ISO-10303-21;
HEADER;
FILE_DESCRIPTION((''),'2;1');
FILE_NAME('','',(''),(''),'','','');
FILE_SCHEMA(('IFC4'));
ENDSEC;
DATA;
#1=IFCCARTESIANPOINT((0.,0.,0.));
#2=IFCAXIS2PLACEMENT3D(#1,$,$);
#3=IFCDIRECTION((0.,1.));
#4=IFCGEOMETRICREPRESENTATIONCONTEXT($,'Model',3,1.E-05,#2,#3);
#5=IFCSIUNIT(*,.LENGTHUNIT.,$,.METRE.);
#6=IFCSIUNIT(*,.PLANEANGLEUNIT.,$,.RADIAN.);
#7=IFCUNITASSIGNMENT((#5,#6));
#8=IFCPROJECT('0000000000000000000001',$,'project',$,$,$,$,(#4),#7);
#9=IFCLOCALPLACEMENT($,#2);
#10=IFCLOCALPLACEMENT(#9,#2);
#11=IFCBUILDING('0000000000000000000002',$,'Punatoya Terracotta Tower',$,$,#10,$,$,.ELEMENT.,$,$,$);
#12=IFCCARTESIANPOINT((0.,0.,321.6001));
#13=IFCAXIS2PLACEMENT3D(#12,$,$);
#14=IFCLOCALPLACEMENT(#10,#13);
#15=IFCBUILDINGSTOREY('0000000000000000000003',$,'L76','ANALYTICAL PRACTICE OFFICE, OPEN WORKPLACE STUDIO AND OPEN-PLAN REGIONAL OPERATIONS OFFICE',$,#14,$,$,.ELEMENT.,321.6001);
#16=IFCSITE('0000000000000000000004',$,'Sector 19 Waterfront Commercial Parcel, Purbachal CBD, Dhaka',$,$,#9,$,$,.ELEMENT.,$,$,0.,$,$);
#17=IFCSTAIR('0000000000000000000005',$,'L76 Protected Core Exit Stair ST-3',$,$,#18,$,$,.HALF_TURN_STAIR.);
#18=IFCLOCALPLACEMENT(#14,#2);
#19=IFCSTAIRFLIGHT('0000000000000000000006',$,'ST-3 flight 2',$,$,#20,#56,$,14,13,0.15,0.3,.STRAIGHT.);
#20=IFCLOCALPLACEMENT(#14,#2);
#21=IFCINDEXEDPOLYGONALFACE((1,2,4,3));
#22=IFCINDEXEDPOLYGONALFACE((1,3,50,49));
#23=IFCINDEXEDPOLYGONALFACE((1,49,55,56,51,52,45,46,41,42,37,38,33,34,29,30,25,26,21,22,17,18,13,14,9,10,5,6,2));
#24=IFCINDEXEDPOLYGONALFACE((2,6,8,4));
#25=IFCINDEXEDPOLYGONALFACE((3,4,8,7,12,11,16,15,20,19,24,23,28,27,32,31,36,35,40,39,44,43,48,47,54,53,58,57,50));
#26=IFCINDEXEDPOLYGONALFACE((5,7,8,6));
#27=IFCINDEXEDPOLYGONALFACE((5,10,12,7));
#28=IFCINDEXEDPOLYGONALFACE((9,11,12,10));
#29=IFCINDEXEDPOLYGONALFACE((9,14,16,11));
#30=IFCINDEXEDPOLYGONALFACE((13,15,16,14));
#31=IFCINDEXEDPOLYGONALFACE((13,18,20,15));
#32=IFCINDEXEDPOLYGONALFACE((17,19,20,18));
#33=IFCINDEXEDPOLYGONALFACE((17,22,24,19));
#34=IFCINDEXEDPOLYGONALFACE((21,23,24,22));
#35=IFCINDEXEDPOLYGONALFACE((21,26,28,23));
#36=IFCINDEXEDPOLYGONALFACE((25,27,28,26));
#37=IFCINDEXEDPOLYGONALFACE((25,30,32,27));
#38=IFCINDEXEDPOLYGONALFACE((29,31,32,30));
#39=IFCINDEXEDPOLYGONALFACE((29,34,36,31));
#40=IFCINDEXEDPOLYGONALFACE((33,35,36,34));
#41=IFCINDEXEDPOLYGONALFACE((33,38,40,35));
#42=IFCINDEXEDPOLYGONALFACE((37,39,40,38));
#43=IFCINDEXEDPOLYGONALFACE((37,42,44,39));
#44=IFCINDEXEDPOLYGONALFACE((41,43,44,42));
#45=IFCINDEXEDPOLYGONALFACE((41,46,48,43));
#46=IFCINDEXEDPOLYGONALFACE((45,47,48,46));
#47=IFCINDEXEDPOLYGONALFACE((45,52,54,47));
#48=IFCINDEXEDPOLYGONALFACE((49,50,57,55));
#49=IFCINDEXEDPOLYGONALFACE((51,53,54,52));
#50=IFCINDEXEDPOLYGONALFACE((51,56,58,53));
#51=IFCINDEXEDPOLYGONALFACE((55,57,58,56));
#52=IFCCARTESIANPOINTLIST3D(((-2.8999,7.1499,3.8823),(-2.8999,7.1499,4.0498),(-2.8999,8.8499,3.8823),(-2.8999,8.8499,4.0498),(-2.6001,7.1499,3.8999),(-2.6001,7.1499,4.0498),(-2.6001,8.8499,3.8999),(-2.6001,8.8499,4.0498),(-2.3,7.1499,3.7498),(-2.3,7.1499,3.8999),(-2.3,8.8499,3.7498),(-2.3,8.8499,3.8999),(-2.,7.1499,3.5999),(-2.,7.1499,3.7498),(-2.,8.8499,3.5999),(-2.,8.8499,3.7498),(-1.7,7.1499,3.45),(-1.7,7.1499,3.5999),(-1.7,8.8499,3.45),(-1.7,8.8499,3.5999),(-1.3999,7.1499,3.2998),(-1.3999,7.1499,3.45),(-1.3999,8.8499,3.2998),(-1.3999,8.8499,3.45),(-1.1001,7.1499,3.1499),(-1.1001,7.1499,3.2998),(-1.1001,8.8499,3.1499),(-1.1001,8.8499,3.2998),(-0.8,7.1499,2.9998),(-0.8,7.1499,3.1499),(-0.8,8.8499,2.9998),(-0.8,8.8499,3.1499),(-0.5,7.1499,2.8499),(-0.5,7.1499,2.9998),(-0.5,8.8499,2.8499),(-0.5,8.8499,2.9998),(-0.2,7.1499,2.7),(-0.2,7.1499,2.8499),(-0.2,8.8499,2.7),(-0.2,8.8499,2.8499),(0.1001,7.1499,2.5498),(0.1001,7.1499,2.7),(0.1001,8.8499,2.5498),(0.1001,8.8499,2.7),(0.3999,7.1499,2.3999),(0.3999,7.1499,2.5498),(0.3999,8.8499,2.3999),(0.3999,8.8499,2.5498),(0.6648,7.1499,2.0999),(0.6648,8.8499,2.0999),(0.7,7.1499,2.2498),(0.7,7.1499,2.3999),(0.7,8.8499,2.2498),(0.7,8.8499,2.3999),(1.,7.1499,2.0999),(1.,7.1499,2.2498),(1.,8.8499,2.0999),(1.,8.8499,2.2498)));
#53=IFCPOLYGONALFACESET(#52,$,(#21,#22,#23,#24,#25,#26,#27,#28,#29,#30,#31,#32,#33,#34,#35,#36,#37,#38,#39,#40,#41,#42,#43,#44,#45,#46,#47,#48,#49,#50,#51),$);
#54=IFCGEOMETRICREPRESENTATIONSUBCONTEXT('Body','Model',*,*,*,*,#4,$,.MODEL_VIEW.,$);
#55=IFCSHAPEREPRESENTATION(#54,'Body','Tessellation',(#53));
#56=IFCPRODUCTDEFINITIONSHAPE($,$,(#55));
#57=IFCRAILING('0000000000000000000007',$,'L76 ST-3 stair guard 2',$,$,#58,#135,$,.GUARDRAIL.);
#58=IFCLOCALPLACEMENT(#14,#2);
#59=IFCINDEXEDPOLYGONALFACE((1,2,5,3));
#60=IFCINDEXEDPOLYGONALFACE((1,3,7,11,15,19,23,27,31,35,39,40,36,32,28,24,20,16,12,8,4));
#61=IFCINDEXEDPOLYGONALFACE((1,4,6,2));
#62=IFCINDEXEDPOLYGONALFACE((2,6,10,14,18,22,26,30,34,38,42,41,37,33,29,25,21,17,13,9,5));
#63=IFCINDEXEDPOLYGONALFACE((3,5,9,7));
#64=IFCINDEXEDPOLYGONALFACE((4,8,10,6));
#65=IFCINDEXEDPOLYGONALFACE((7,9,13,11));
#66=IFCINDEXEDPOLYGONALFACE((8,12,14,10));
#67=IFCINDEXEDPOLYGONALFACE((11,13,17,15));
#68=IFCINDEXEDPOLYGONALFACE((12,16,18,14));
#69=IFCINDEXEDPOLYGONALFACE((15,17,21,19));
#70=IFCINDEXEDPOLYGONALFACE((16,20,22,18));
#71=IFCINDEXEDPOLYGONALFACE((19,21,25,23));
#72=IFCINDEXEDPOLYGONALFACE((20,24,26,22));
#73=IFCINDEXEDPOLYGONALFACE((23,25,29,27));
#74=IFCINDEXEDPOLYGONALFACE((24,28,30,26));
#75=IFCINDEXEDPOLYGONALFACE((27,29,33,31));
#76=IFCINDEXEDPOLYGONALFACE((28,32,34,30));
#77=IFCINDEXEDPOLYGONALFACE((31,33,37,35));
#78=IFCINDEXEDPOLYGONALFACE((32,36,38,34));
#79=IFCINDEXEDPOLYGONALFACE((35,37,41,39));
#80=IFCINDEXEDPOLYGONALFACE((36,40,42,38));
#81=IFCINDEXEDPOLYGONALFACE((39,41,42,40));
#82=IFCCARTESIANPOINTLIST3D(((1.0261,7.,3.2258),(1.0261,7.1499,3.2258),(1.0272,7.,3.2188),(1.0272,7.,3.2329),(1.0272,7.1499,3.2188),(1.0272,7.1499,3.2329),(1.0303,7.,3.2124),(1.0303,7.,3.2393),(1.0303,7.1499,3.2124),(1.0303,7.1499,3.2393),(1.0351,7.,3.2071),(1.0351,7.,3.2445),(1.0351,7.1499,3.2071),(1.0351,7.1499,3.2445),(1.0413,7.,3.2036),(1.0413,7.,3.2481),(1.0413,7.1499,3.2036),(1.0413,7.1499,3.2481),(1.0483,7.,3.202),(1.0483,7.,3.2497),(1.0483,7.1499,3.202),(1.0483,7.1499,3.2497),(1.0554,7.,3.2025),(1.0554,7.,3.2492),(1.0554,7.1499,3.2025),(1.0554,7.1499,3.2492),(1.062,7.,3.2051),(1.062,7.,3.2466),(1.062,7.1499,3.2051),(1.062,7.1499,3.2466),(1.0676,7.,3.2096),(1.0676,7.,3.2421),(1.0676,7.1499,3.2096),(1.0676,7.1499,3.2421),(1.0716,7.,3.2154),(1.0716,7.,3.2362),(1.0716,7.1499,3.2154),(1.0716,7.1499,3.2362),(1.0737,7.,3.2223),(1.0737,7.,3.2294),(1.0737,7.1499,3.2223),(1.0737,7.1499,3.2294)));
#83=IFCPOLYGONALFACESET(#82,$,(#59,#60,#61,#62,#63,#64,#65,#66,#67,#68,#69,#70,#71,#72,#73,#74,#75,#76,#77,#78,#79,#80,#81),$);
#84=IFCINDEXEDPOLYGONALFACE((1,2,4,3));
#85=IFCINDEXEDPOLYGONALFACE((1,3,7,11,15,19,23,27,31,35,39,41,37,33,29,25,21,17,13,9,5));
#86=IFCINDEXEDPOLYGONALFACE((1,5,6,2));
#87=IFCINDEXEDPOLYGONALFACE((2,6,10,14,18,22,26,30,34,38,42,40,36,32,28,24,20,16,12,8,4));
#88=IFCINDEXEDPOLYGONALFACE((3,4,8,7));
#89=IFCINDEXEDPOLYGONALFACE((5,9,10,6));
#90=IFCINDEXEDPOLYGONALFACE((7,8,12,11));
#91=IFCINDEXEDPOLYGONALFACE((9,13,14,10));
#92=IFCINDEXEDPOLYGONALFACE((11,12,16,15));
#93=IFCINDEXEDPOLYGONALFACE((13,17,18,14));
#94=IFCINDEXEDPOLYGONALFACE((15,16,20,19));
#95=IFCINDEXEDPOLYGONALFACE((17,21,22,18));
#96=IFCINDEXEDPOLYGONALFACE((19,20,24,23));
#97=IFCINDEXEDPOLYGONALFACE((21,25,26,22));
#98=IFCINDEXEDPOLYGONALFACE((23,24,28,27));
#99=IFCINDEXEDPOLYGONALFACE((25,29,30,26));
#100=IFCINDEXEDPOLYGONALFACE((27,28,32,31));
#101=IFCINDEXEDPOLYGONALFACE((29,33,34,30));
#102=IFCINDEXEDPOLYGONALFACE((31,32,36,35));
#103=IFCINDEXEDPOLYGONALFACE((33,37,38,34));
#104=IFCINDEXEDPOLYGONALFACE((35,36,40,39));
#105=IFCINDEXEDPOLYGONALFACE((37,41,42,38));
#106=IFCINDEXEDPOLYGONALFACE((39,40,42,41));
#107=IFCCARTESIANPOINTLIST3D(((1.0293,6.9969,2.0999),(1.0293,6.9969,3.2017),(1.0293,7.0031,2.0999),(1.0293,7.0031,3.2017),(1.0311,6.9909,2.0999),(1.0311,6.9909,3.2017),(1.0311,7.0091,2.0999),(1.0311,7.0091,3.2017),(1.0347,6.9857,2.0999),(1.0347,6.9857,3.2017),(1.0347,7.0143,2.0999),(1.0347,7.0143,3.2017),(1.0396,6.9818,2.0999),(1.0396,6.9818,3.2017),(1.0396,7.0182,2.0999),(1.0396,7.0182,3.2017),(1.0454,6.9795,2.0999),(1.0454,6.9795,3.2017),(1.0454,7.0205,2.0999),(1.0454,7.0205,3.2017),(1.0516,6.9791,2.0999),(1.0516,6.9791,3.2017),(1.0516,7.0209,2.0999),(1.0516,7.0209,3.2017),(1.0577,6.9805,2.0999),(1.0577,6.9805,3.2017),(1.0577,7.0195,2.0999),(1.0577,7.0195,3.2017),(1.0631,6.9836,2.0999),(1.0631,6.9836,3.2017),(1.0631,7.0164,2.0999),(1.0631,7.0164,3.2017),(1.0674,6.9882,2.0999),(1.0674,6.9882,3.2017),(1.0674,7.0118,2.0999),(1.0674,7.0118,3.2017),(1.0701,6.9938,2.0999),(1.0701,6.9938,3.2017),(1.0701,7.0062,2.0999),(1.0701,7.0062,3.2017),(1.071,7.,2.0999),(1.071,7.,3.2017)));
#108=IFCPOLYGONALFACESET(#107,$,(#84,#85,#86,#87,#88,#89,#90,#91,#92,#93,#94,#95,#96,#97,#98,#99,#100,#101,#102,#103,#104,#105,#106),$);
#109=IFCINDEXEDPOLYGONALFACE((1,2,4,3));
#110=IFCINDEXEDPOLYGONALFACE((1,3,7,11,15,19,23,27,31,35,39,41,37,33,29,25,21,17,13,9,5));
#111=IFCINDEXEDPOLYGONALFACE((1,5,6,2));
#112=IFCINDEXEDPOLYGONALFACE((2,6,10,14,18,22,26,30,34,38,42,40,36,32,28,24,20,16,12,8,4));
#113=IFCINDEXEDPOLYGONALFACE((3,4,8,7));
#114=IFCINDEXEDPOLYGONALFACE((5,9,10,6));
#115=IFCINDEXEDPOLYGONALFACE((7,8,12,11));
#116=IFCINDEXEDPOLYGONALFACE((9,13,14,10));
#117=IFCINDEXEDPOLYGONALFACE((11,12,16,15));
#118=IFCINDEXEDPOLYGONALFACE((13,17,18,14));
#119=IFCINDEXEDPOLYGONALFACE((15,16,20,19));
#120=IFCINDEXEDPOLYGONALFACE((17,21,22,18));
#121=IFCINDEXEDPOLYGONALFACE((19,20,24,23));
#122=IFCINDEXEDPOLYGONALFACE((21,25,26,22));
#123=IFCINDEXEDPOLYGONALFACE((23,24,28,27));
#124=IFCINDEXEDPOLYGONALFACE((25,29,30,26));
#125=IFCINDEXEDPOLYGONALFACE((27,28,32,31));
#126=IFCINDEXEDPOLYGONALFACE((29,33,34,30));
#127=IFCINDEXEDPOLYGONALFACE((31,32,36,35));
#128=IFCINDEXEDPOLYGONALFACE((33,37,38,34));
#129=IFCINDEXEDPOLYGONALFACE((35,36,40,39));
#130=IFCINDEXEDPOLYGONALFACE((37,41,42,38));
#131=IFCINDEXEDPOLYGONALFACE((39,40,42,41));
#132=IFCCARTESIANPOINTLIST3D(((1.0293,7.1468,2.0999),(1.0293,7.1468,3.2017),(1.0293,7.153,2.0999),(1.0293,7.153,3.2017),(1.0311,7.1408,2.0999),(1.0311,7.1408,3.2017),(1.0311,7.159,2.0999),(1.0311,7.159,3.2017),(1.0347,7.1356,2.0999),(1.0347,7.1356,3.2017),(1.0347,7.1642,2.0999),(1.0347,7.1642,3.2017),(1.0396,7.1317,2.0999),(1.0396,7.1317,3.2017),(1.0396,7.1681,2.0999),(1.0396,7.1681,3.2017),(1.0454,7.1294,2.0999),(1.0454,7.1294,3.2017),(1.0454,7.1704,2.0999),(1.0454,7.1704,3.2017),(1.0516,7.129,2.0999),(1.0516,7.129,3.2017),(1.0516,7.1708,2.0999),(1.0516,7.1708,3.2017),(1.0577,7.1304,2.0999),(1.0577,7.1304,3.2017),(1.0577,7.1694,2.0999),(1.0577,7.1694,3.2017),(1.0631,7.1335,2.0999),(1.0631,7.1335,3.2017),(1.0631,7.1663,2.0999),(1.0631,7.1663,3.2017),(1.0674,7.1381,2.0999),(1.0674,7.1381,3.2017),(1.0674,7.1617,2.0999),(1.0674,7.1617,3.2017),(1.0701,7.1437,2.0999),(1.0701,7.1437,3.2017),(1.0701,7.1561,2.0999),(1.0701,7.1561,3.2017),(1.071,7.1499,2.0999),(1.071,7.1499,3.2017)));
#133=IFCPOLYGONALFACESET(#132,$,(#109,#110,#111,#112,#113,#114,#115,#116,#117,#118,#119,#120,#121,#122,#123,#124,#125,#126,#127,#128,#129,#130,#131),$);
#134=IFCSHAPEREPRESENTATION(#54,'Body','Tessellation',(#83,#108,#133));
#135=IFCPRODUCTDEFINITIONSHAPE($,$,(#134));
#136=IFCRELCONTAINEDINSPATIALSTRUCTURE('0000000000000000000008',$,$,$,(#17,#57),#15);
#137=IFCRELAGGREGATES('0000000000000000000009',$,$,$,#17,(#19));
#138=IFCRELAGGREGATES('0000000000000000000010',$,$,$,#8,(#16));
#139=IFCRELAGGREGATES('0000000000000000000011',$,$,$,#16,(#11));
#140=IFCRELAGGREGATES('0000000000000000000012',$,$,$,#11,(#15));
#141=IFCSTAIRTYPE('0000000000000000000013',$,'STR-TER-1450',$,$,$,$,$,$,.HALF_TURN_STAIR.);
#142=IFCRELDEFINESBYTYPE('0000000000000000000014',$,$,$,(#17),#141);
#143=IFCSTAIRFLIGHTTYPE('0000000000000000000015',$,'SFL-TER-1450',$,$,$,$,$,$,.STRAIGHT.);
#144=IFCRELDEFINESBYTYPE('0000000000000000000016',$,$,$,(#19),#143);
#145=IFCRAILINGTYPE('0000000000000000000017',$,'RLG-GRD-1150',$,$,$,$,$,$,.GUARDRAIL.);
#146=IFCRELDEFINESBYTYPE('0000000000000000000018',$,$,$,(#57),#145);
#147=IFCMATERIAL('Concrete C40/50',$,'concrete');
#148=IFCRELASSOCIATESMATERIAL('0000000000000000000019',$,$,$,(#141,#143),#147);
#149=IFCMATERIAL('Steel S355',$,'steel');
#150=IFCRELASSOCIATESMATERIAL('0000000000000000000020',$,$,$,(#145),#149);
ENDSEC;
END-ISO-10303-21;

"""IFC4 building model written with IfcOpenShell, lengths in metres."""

from ifc_helpers import new_model, si_unit, direction, frame, origin, origin_2d, place, context, subcontext, project, spatial, polyline, circle, outline, extrude, material, type_object, element, aggregate, save


model = new_model("IFC4")

# Units and contexts
model_context = context("Model", 3, precision=1e-05, world=origin(), true_north=direction((0.0, 1.0)))
body_context = subcontext(model_context, "Body", "Model", "MODEL_VIEW")
ifc_project = project(units=[si_unit("LENGTHUNIT", "METRE"), si_unit("PLANEANGLEUNIT", "RADIAN")], contexts=[model_context])

# Site, building, storey
site_placement = place(None, origin())
site = spatial("IfcSite", under=ifc_project, at=site_placement, Name="Sector 19 Waterfront Commercial Parcel, Purbachal CBD, Dhaka", CompositionType="ELEMENT", RefElevation=0.0)
building_placement = place(site_placement, origin())
building = spatial("IfcBuilding", under=site, at=building_placement, Name="Punatoya Terracotta Tower", CompositionType="ELEMENT")
storey_placement = place(building_placement, frame((0.0, 0.0, 321.6001)))
storey = spatial("IfcBuildingStorey", under=building, at=storey_placement, Name="L76", Description="ANALYTICAL PRACTICE OFFICE, OPEN WORKPLACE STUDIO AND OPEN-PLAN REGIONAL OPERATIONS OFFICE", CompositionType="ELEMENT", Elevation=321.6001)

# Shared definitions
ifc_material_1 = material(Name="Steel S355", Category="steel")

# Shared definitions
ifc_material_2 = material(Name="Concrete C40/50", Category="concrete")

# Stair, stair flight
stair_type = type_object("IfcStairType", Name="STR-TER-1450", PredefinedType="HALF_TURN_STAIR", material=ifc_material_2)
stair_placement = place(storey_placement, origin())
stair = element("IfcStair", 1, at=stair_placement, inside=storey, type_object=stair_type, Name="L76 Protected Core Exit Stair ST-3", PredefinedType="HALF_TURN_STAIR")
stair_flight_type = type_object("IfcStairFlightType", Name="SFL-TER-1450", PredefinedType="STRAIGHT", material=ifc_material_2)
stair_flight_placement = place(storey_placement, frame((1.0, 8.0, 2.0999), z_axis=(0.0, 0.0, 1.0), x_axis=(-1.0, 0.0, 0.0)))
stair_flight = element("IfcStairFlight", 2, at=stair_flight_placement, type_object=stair_flight_type, Name="ST-3 flight 2", NumberOfRisers=14, NumberOfTreads=13, PredefinedType="STRAIGHT", RiserHeight=0.15, TreadLength=0.3, context=body_context, shape_type="SweptSolid", body=[
    extrude(outline(polyline([(0.0, 0.0), (0.0, 0.1499), (0.3, 0.1499), (0.3, 0.3), (0.6001, 0.3), (0.6001, 0.45), (0.8999, 0.45), (0.8999, 0.6001), (1.2, 0.6001), (1.2, 0.75), (1.5, 0.75), (1.5, 0.8999), (1.8, 0.8999), (1.8, 1.05), (2.1001, 1.05), (2.1001, 1.2), (2.3999, 1.2), (2.3999, 1.3501), (2.7, 1.3501), (2.7, 1.5), (3.0, 1.5), (3.0, 1.6499), (3.3, 1.6499), (3.3, 1.8), (3.6001, 1.8), (3.6001, 1.95), (3.8999, 1.95), (3.8999, 2.1001), (3.8999, 1.7825), (0.3352, 0.0), (0.0, 0.0)])), frame((0.0, 0.8501, 0.0), z_axis=(0.0, -1.0, 0.0), x_axis=(1.0, 0.0, 0.0)), (0.0, 0.0, 1.0), 1.7),
])
aggregate(stair, [stair_flight])

# Railing
railing_type_1 = type_object("IfcRailingType", Name="RLG-GRD-1150", PredefinedType="GUARDRAIL", material=ifc_material_1)
railing_1_placement = place(storey_placement, frame((1.05, 7.0, 2.0999)))
element("IfcRailing", 3, at=railing_1_placement, inside=storey, type_object=railing_type_1, Name="L76 ST-3 stair guard 2", PredefinedType="GUARDRAIL", context=body_context, shape_type="SweptSolid", body=[
    extrude(circle(Radius=0.0239, at=origin_2d()), frame((0.0, 0.0, 1.126), z_axis=(0.0, 1.0, 0.0), x_axis=(-1.0, 0.0, 0.0)), (0.0, 0.0, 1.0), 0.1499),
    extrude(circle(Radius=0.021, at=origin_2d()), origin(), (0.0, 0.0, 1.0), 1.1018),
    extrude(circle(Radius=0.021, at=origin_2d()), frame((0.0, 0.1499, 0.0)), (0.0, 0.0, 1.0), 1.1018),
])

save(model, "model.ifc")
